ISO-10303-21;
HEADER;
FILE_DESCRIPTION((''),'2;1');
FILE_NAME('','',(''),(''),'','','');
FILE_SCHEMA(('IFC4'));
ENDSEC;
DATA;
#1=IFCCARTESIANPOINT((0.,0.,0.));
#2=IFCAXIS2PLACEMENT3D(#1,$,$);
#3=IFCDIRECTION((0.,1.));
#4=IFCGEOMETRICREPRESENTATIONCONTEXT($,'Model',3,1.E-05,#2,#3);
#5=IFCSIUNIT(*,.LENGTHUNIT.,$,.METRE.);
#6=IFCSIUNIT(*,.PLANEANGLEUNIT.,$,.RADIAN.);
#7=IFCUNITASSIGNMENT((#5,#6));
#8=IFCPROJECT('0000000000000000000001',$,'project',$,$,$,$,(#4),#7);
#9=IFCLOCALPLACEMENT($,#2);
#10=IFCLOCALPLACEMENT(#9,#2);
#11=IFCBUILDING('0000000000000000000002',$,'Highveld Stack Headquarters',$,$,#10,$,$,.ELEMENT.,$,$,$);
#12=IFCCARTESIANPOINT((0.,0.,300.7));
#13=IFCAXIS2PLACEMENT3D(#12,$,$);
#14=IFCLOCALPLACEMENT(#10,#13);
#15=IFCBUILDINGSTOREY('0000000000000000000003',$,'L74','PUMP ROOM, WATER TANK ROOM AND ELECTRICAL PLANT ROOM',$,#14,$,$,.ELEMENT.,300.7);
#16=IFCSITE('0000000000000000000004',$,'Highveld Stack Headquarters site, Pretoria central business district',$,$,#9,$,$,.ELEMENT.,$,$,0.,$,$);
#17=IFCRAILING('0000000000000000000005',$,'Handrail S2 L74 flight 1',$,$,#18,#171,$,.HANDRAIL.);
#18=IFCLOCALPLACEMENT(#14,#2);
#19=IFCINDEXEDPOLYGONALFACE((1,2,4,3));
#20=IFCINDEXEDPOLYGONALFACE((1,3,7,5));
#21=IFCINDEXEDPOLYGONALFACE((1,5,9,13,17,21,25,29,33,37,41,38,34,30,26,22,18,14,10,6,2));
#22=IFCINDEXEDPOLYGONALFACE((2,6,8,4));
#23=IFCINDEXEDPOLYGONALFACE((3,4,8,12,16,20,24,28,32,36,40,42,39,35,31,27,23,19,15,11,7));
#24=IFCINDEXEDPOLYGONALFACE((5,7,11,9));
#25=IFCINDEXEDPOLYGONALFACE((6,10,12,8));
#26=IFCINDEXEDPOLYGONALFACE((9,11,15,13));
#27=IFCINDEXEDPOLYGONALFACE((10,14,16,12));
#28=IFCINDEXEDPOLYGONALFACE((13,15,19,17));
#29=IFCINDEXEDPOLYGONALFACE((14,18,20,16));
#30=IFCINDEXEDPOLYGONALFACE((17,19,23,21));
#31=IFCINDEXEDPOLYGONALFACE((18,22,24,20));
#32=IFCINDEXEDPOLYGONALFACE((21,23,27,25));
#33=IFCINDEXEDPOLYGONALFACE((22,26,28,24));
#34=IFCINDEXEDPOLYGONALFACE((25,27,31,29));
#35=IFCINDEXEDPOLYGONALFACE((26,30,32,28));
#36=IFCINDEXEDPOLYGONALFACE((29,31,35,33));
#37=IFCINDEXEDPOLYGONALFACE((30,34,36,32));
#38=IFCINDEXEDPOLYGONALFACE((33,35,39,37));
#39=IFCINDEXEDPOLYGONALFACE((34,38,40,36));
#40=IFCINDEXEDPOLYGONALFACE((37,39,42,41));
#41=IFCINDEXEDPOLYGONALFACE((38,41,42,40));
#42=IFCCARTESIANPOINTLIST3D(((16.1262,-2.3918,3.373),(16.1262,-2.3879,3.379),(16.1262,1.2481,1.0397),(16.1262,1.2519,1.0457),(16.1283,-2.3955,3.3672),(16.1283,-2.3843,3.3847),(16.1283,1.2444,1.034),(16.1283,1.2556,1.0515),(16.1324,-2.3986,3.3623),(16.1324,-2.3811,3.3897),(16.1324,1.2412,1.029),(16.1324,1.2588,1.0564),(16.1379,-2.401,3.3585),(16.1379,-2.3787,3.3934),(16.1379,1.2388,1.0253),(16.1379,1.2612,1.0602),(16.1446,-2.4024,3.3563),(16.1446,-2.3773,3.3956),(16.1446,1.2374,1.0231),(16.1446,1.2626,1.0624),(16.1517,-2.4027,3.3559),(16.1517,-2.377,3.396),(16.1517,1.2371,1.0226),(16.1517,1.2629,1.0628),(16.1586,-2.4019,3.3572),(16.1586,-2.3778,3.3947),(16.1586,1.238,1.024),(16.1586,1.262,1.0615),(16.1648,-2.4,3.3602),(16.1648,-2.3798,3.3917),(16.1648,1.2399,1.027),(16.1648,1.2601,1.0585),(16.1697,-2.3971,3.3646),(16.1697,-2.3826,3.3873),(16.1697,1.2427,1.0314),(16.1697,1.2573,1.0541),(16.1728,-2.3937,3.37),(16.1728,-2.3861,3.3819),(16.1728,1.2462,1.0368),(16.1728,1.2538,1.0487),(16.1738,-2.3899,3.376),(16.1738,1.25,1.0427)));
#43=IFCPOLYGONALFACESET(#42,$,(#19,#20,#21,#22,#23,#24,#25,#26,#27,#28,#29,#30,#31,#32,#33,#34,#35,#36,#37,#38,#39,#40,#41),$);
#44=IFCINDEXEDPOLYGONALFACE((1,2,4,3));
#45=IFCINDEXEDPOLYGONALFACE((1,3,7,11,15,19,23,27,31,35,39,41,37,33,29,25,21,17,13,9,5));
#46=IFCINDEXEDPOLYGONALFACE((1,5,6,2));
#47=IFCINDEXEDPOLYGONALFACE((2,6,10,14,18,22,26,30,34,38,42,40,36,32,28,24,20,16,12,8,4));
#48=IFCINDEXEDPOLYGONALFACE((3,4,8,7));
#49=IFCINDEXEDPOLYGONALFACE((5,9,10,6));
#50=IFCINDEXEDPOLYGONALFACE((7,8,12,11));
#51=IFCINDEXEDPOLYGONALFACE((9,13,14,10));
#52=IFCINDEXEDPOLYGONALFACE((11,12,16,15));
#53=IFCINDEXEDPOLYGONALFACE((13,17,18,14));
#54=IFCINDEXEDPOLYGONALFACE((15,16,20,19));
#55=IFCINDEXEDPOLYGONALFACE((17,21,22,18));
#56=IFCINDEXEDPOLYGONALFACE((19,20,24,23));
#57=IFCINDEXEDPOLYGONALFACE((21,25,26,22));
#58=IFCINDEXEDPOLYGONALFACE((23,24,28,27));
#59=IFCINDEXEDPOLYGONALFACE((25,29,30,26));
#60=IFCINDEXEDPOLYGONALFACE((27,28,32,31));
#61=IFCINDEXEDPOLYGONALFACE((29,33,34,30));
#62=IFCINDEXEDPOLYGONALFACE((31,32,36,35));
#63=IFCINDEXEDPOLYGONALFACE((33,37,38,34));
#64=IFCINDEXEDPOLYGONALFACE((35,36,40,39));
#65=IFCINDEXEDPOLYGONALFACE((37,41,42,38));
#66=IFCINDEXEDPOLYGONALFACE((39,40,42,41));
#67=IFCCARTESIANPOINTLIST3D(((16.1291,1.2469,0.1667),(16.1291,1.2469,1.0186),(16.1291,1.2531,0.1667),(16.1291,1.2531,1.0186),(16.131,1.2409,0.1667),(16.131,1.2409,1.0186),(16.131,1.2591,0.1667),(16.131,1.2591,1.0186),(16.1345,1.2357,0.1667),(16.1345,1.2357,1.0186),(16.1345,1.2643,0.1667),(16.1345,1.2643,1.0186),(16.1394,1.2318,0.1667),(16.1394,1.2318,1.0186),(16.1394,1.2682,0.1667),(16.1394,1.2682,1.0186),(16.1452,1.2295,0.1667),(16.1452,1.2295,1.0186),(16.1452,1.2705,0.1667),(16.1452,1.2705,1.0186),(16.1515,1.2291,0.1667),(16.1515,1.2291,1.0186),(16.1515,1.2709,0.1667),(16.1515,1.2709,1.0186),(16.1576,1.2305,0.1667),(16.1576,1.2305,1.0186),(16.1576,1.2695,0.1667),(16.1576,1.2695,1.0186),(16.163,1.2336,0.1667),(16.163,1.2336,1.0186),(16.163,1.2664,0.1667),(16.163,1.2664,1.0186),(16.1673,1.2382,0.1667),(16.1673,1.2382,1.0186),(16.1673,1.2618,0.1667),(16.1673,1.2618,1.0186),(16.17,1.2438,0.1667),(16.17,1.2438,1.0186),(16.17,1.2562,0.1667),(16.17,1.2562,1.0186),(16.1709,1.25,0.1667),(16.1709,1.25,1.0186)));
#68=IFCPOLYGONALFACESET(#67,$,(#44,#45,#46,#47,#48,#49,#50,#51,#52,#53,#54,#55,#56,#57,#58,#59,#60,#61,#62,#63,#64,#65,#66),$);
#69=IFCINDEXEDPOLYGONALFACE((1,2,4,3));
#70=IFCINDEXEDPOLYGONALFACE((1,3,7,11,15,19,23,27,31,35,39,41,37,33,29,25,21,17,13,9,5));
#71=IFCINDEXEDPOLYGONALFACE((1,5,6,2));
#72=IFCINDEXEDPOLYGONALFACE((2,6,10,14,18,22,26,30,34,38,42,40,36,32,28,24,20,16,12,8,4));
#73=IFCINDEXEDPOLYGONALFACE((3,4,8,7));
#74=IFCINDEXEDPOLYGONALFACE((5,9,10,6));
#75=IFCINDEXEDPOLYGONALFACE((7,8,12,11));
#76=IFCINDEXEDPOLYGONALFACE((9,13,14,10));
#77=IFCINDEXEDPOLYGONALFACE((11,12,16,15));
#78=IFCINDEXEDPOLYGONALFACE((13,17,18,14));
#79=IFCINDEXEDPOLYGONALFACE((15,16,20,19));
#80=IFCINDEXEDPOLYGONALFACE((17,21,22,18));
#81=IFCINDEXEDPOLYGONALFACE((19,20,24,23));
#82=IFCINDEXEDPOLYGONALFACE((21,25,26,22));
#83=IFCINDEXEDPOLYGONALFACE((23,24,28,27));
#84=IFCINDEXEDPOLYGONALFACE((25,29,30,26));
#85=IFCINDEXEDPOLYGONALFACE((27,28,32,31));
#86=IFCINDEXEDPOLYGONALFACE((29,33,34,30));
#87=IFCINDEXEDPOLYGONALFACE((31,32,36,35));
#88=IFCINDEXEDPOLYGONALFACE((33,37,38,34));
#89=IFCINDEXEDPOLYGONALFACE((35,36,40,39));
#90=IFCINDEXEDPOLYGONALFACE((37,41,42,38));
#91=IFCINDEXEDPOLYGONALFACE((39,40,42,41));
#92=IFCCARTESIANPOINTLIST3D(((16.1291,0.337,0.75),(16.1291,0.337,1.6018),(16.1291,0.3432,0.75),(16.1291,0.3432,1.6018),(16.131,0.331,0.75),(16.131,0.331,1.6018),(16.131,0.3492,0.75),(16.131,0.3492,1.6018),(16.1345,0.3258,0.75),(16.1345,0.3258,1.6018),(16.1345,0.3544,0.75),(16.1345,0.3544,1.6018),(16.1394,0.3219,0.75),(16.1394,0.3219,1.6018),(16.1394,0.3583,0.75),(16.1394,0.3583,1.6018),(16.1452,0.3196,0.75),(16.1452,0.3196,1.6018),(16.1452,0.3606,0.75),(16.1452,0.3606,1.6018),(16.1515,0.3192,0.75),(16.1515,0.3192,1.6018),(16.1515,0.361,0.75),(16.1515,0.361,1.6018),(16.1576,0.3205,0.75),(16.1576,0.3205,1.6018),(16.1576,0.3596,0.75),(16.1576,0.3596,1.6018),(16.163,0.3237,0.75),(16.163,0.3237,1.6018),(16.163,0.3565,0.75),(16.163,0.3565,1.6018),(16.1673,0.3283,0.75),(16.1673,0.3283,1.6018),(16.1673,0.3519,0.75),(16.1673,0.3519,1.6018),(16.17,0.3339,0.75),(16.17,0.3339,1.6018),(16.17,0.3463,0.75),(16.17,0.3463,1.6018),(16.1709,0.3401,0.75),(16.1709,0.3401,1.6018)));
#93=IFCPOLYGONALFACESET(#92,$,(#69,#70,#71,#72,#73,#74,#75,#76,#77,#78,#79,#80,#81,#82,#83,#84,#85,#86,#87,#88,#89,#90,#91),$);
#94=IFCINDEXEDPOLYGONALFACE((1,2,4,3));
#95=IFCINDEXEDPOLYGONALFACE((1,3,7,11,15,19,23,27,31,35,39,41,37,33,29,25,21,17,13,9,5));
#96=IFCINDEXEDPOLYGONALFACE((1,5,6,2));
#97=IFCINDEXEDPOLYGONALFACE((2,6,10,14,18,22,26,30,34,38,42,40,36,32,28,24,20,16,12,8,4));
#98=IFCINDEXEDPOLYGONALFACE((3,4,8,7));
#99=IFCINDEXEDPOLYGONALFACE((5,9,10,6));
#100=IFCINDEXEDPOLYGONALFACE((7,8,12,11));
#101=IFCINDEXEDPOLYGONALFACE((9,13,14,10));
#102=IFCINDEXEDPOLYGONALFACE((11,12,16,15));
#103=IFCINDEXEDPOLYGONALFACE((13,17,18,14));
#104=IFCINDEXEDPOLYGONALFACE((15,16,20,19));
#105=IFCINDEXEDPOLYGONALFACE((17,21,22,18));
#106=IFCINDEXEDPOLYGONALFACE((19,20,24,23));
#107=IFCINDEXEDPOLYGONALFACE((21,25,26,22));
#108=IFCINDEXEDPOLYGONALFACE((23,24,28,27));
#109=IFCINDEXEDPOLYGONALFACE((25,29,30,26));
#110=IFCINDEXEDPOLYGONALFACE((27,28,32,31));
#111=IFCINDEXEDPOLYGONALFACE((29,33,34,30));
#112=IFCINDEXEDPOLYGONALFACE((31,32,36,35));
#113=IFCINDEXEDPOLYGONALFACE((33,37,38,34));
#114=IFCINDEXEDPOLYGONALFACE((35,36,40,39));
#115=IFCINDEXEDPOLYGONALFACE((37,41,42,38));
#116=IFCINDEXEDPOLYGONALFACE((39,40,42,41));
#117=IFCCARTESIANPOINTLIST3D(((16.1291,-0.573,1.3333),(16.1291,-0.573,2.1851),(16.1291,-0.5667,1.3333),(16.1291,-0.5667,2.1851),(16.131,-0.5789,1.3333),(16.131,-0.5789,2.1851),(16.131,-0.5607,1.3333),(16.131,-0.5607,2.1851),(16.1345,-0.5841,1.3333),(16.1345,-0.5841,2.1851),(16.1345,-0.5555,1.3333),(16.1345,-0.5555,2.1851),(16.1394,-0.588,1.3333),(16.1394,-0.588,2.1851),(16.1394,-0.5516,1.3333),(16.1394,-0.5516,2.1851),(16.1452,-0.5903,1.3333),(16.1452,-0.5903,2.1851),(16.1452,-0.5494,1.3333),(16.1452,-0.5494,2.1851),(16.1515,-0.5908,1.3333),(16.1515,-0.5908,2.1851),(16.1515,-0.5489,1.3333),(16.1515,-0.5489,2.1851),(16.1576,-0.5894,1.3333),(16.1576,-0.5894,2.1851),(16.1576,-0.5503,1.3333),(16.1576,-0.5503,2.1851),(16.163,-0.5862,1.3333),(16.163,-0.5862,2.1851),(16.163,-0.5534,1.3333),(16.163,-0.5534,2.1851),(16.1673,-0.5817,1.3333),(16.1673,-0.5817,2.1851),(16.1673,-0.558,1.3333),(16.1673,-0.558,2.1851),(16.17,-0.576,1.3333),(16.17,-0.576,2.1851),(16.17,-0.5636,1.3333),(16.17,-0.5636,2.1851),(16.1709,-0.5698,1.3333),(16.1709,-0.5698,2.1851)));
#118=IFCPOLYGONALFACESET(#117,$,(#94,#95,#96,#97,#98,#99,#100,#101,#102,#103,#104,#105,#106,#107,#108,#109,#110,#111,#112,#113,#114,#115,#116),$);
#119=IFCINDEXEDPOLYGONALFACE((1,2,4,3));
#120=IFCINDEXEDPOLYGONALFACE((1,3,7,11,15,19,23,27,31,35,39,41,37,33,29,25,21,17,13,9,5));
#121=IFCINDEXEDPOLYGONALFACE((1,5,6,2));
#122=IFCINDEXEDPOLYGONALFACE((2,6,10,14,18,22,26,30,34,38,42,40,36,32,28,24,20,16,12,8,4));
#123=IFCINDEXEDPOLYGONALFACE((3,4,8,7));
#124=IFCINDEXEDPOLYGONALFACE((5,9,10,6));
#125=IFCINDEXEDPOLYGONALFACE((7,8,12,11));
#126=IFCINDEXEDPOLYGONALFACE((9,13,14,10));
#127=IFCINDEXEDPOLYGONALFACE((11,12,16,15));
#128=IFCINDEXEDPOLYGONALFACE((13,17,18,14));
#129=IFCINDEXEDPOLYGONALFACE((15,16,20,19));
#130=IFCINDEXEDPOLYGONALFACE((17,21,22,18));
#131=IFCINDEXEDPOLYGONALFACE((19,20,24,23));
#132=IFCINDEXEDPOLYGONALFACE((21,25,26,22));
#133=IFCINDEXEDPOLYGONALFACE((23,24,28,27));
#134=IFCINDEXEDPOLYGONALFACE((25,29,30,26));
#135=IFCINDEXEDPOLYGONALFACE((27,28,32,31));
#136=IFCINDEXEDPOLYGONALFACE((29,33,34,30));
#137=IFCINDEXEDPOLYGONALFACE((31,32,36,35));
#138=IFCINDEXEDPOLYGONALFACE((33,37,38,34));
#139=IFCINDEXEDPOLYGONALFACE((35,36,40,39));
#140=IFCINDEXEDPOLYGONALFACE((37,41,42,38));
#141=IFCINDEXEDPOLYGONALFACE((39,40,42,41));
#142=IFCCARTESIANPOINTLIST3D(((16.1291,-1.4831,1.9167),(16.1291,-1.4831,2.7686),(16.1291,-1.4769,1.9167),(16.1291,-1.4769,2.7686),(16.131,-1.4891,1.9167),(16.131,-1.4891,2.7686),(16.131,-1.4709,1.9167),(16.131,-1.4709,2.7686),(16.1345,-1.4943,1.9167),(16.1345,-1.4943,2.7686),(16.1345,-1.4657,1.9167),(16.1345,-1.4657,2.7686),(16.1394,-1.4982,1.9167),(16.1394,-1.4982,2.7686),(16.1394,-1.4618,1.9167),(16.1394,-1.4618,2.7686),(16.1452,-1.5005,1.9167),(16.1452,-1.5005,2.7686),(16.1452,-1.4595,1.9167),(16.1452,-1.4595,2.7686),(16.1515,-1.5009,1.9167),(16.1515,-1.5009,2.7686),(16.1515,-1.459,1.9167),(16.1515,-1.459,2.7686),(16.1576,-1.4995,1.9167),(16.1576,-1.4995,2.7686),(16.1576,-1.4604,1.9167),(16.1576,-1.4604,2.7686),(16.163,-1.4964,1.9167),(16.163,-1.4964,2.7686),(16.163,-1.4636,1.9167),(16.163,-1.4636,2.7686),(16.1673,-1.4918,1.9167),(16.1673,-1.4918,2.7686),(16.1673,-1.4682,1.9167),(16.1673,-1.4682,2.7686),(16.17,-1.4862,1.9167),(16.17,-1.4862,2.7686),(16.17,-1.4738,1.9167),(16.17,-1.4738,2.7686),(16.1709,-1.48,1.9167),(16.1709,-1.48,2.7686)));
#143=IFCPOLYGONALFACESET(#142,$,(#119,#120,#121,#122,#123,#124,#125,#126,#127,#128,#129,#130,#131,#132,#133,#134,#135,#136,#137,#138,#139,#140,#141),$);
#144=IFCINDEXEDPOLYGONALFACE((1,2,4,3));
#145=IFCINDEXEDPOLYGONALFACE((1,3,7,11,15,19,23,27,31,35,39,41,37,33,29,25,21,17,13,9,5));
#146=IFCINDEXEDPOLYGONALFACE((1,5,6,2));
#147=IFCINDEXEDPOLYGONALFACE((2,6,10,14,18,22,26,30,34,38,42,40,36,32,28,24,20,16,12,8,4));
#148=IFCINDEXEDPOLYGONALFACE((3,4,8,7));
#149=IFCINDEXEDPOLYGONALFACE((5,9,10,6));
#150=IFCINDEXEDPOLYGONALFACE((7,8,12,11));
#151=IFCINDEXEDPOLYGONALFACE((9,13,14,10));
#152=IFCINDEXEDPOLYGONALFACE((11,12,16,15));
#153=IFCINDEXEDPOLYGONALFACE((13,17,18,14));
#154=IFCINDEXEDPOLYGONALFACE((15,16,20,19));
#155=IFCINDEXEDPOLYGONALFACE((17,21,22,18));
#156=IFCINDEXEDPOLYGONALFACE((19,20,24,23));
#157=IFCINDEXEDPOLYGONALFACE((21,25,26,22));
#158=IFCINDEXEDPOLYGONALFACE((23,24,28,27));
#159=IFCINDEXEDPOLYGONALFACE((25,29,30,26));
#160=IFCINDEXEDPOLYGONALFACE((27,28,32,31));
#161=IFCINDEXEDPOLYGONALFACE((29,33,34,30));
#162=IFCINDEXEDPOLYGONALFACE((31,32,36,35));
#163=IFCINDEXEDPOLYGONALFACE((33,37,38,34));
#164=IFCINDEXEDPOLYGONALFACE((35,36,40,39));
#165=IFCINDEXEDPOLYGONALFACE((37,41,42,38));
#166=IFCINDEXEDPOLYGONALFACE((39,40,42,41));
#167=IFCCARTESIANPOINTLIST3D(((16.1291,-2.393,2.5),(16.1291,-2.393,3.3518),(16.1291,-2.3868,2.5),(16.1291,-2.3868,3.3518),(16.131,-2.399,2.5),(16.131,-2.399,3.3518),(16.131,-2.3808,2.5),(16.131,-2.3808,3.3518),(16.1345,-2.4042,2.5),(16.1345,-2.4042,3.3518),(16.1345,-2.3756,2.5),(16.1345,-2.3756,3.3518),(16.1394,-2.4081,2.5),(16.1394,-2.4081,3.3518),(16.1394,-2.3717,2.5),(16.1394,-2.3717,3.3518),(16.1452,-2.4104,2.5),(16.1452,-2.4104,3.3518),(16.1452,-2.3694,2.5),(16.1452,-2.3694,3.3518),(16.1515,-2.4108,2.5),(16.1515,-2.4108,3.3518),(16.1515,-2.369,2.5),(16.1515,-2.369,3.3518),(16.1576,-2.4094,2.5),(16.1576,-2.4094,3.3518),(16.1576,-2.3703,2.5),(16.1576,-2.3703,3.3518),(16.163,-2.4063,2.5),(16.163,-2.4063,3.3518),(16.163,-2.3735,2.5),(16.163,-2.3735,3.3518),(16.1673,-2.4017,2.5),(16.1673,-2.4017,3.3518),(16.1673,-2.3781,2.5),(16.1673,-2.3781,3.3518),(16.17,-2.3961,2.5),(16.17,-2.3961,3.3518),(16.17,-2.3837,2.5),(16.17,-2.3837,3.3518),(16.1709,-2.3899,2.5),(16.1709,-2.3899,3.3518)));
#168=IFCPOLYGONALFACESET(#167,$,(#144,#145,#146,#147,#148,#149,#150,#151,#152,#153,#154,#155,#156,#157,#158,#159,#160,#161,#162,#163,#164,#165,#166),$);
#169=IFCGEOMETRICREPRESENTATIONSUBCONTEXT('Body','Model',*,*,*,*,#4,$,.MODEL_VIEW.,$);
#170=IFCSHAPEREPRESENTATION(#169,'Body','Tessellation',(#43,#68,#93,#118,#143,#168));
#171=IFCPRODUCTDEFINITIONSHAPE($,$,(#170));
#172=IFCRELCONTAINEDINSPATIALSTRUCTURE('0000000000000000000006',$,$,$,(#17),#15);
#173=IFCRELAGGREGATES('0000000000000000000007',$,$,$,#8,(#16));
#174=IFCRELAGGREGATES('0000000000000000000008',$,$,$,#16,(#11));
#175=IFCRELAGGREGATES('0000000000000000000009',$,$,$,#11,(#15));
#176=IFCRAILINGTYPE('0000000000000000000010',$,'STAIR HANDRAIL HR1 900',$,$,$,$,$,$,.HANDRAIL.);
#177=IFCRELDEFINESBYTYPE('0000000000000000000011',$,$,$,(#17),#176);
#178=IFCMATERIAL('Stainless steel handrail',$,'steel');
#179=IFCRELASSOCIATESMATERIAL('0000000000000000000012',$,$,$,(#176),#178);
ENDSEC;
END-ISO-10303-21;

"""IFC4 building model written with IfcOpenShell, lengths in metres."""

from ifc_helpers import new_model, si_unit, direction, frame, origin, origin_2d, place, context, subcontext, project, spatial, circle, extrude, material, type_object, element, save


model = new_model("IFC4")

# Units and contexts
model_context = context("Model", 3, precision=1e-05, world=origin(), true_north=direction((0.0, 1.0)))
body_context = subcontext(model_context, "Body", "Model", "MODEL_VIEW")
ifc_project = project(units=[si_unit("LENGTHUNIT", "METRE"), si_unit("PLANEANGLEUNIT", "RADIAN")], contexts=[model_context])

# Site, building, storey
site_placement = place(None, origin())
site = spatial("IfcSite", under=ifc_project, at=site_placement, Name="Highveld Stack Headquarters site, Pretoria central business district", CompositionType="ELEMENT", RefElevation=0.0)
building_placement = place(site_placement, origin())
building = spatial("IfcBuilding", under=site, at=building_placement, Name="Highveld Stack Headquarters", CompositionType="ELEMENT")
storey_placement = place(building_placement, frame((0.0, 0.0, 300.7)))
storey = spatial("IfcBuildingStorey", under=building, at=storey_placement, Name="L74", Description="PUMP ROOM, WATER TANK ROOM AND ELECTRICAL PLANT ROOM", CompositionType="ELEMENT", Elevation=300.7)

# Railing
ifc_material_1 = material(Name="Stainless steel handrail", Category="steel")
railing_type = type_object("IfcRailingType", Name="STAIR HANDRAIL HR1 900", PredefinedType="HANDRAIL", material=ifc_material_1)
for number, where, name in (
    (1, (16.1499, 1.25, 0.1667), "Handrail S2 L74 flight 1"),
):
    element("IfcRailing", number, at=place(storey_placement, frame(where)), inside=storey, type_object=railing_type, Name=name, PredefinedType="HANDRAIL", context=body_context, shape_type="SweptSolid", body=[
        extrude(circle(Radius=0.0239, at=origin_2d()), frame((0.0, 0.0, 0.876), z_axis=(0.0, -0.84188, 0.539664), x_axis=(1.0, 0.0, 0.0)), (0.0, 0.0, 1.0), 4.3235),
        extrude(circle(Radius=0.021, at=origin_2d()), origin(), (0.0, 0.0, 1.0), 0.8518),
        extrude(circle(Radius=0.021, at=origin_2d()), frame((0.0, -0.9099, 0.5833)), (0.0, 0.0, 1.0), 0.8518),
        extrude(circle(Radius=0.021, at=origin_2d()), frame((0.0, -1.8198, 1.1665)), (0.0, 0.0, 1.0), 0.8518),
        extrude(circle(Radius=0.021, at=origin_2d()), frame((0.0, -2.73, 1.75)), (0.0, 0.0, 1.0), 0.8518),
        extrude(circle(Radius=0.021, at=origin_2d()), frame((0.0, -3.6399, 2.3333)), (0.0, 0.0, 1.0), 0.8518),
    ])

save(model, "model.ifc")
